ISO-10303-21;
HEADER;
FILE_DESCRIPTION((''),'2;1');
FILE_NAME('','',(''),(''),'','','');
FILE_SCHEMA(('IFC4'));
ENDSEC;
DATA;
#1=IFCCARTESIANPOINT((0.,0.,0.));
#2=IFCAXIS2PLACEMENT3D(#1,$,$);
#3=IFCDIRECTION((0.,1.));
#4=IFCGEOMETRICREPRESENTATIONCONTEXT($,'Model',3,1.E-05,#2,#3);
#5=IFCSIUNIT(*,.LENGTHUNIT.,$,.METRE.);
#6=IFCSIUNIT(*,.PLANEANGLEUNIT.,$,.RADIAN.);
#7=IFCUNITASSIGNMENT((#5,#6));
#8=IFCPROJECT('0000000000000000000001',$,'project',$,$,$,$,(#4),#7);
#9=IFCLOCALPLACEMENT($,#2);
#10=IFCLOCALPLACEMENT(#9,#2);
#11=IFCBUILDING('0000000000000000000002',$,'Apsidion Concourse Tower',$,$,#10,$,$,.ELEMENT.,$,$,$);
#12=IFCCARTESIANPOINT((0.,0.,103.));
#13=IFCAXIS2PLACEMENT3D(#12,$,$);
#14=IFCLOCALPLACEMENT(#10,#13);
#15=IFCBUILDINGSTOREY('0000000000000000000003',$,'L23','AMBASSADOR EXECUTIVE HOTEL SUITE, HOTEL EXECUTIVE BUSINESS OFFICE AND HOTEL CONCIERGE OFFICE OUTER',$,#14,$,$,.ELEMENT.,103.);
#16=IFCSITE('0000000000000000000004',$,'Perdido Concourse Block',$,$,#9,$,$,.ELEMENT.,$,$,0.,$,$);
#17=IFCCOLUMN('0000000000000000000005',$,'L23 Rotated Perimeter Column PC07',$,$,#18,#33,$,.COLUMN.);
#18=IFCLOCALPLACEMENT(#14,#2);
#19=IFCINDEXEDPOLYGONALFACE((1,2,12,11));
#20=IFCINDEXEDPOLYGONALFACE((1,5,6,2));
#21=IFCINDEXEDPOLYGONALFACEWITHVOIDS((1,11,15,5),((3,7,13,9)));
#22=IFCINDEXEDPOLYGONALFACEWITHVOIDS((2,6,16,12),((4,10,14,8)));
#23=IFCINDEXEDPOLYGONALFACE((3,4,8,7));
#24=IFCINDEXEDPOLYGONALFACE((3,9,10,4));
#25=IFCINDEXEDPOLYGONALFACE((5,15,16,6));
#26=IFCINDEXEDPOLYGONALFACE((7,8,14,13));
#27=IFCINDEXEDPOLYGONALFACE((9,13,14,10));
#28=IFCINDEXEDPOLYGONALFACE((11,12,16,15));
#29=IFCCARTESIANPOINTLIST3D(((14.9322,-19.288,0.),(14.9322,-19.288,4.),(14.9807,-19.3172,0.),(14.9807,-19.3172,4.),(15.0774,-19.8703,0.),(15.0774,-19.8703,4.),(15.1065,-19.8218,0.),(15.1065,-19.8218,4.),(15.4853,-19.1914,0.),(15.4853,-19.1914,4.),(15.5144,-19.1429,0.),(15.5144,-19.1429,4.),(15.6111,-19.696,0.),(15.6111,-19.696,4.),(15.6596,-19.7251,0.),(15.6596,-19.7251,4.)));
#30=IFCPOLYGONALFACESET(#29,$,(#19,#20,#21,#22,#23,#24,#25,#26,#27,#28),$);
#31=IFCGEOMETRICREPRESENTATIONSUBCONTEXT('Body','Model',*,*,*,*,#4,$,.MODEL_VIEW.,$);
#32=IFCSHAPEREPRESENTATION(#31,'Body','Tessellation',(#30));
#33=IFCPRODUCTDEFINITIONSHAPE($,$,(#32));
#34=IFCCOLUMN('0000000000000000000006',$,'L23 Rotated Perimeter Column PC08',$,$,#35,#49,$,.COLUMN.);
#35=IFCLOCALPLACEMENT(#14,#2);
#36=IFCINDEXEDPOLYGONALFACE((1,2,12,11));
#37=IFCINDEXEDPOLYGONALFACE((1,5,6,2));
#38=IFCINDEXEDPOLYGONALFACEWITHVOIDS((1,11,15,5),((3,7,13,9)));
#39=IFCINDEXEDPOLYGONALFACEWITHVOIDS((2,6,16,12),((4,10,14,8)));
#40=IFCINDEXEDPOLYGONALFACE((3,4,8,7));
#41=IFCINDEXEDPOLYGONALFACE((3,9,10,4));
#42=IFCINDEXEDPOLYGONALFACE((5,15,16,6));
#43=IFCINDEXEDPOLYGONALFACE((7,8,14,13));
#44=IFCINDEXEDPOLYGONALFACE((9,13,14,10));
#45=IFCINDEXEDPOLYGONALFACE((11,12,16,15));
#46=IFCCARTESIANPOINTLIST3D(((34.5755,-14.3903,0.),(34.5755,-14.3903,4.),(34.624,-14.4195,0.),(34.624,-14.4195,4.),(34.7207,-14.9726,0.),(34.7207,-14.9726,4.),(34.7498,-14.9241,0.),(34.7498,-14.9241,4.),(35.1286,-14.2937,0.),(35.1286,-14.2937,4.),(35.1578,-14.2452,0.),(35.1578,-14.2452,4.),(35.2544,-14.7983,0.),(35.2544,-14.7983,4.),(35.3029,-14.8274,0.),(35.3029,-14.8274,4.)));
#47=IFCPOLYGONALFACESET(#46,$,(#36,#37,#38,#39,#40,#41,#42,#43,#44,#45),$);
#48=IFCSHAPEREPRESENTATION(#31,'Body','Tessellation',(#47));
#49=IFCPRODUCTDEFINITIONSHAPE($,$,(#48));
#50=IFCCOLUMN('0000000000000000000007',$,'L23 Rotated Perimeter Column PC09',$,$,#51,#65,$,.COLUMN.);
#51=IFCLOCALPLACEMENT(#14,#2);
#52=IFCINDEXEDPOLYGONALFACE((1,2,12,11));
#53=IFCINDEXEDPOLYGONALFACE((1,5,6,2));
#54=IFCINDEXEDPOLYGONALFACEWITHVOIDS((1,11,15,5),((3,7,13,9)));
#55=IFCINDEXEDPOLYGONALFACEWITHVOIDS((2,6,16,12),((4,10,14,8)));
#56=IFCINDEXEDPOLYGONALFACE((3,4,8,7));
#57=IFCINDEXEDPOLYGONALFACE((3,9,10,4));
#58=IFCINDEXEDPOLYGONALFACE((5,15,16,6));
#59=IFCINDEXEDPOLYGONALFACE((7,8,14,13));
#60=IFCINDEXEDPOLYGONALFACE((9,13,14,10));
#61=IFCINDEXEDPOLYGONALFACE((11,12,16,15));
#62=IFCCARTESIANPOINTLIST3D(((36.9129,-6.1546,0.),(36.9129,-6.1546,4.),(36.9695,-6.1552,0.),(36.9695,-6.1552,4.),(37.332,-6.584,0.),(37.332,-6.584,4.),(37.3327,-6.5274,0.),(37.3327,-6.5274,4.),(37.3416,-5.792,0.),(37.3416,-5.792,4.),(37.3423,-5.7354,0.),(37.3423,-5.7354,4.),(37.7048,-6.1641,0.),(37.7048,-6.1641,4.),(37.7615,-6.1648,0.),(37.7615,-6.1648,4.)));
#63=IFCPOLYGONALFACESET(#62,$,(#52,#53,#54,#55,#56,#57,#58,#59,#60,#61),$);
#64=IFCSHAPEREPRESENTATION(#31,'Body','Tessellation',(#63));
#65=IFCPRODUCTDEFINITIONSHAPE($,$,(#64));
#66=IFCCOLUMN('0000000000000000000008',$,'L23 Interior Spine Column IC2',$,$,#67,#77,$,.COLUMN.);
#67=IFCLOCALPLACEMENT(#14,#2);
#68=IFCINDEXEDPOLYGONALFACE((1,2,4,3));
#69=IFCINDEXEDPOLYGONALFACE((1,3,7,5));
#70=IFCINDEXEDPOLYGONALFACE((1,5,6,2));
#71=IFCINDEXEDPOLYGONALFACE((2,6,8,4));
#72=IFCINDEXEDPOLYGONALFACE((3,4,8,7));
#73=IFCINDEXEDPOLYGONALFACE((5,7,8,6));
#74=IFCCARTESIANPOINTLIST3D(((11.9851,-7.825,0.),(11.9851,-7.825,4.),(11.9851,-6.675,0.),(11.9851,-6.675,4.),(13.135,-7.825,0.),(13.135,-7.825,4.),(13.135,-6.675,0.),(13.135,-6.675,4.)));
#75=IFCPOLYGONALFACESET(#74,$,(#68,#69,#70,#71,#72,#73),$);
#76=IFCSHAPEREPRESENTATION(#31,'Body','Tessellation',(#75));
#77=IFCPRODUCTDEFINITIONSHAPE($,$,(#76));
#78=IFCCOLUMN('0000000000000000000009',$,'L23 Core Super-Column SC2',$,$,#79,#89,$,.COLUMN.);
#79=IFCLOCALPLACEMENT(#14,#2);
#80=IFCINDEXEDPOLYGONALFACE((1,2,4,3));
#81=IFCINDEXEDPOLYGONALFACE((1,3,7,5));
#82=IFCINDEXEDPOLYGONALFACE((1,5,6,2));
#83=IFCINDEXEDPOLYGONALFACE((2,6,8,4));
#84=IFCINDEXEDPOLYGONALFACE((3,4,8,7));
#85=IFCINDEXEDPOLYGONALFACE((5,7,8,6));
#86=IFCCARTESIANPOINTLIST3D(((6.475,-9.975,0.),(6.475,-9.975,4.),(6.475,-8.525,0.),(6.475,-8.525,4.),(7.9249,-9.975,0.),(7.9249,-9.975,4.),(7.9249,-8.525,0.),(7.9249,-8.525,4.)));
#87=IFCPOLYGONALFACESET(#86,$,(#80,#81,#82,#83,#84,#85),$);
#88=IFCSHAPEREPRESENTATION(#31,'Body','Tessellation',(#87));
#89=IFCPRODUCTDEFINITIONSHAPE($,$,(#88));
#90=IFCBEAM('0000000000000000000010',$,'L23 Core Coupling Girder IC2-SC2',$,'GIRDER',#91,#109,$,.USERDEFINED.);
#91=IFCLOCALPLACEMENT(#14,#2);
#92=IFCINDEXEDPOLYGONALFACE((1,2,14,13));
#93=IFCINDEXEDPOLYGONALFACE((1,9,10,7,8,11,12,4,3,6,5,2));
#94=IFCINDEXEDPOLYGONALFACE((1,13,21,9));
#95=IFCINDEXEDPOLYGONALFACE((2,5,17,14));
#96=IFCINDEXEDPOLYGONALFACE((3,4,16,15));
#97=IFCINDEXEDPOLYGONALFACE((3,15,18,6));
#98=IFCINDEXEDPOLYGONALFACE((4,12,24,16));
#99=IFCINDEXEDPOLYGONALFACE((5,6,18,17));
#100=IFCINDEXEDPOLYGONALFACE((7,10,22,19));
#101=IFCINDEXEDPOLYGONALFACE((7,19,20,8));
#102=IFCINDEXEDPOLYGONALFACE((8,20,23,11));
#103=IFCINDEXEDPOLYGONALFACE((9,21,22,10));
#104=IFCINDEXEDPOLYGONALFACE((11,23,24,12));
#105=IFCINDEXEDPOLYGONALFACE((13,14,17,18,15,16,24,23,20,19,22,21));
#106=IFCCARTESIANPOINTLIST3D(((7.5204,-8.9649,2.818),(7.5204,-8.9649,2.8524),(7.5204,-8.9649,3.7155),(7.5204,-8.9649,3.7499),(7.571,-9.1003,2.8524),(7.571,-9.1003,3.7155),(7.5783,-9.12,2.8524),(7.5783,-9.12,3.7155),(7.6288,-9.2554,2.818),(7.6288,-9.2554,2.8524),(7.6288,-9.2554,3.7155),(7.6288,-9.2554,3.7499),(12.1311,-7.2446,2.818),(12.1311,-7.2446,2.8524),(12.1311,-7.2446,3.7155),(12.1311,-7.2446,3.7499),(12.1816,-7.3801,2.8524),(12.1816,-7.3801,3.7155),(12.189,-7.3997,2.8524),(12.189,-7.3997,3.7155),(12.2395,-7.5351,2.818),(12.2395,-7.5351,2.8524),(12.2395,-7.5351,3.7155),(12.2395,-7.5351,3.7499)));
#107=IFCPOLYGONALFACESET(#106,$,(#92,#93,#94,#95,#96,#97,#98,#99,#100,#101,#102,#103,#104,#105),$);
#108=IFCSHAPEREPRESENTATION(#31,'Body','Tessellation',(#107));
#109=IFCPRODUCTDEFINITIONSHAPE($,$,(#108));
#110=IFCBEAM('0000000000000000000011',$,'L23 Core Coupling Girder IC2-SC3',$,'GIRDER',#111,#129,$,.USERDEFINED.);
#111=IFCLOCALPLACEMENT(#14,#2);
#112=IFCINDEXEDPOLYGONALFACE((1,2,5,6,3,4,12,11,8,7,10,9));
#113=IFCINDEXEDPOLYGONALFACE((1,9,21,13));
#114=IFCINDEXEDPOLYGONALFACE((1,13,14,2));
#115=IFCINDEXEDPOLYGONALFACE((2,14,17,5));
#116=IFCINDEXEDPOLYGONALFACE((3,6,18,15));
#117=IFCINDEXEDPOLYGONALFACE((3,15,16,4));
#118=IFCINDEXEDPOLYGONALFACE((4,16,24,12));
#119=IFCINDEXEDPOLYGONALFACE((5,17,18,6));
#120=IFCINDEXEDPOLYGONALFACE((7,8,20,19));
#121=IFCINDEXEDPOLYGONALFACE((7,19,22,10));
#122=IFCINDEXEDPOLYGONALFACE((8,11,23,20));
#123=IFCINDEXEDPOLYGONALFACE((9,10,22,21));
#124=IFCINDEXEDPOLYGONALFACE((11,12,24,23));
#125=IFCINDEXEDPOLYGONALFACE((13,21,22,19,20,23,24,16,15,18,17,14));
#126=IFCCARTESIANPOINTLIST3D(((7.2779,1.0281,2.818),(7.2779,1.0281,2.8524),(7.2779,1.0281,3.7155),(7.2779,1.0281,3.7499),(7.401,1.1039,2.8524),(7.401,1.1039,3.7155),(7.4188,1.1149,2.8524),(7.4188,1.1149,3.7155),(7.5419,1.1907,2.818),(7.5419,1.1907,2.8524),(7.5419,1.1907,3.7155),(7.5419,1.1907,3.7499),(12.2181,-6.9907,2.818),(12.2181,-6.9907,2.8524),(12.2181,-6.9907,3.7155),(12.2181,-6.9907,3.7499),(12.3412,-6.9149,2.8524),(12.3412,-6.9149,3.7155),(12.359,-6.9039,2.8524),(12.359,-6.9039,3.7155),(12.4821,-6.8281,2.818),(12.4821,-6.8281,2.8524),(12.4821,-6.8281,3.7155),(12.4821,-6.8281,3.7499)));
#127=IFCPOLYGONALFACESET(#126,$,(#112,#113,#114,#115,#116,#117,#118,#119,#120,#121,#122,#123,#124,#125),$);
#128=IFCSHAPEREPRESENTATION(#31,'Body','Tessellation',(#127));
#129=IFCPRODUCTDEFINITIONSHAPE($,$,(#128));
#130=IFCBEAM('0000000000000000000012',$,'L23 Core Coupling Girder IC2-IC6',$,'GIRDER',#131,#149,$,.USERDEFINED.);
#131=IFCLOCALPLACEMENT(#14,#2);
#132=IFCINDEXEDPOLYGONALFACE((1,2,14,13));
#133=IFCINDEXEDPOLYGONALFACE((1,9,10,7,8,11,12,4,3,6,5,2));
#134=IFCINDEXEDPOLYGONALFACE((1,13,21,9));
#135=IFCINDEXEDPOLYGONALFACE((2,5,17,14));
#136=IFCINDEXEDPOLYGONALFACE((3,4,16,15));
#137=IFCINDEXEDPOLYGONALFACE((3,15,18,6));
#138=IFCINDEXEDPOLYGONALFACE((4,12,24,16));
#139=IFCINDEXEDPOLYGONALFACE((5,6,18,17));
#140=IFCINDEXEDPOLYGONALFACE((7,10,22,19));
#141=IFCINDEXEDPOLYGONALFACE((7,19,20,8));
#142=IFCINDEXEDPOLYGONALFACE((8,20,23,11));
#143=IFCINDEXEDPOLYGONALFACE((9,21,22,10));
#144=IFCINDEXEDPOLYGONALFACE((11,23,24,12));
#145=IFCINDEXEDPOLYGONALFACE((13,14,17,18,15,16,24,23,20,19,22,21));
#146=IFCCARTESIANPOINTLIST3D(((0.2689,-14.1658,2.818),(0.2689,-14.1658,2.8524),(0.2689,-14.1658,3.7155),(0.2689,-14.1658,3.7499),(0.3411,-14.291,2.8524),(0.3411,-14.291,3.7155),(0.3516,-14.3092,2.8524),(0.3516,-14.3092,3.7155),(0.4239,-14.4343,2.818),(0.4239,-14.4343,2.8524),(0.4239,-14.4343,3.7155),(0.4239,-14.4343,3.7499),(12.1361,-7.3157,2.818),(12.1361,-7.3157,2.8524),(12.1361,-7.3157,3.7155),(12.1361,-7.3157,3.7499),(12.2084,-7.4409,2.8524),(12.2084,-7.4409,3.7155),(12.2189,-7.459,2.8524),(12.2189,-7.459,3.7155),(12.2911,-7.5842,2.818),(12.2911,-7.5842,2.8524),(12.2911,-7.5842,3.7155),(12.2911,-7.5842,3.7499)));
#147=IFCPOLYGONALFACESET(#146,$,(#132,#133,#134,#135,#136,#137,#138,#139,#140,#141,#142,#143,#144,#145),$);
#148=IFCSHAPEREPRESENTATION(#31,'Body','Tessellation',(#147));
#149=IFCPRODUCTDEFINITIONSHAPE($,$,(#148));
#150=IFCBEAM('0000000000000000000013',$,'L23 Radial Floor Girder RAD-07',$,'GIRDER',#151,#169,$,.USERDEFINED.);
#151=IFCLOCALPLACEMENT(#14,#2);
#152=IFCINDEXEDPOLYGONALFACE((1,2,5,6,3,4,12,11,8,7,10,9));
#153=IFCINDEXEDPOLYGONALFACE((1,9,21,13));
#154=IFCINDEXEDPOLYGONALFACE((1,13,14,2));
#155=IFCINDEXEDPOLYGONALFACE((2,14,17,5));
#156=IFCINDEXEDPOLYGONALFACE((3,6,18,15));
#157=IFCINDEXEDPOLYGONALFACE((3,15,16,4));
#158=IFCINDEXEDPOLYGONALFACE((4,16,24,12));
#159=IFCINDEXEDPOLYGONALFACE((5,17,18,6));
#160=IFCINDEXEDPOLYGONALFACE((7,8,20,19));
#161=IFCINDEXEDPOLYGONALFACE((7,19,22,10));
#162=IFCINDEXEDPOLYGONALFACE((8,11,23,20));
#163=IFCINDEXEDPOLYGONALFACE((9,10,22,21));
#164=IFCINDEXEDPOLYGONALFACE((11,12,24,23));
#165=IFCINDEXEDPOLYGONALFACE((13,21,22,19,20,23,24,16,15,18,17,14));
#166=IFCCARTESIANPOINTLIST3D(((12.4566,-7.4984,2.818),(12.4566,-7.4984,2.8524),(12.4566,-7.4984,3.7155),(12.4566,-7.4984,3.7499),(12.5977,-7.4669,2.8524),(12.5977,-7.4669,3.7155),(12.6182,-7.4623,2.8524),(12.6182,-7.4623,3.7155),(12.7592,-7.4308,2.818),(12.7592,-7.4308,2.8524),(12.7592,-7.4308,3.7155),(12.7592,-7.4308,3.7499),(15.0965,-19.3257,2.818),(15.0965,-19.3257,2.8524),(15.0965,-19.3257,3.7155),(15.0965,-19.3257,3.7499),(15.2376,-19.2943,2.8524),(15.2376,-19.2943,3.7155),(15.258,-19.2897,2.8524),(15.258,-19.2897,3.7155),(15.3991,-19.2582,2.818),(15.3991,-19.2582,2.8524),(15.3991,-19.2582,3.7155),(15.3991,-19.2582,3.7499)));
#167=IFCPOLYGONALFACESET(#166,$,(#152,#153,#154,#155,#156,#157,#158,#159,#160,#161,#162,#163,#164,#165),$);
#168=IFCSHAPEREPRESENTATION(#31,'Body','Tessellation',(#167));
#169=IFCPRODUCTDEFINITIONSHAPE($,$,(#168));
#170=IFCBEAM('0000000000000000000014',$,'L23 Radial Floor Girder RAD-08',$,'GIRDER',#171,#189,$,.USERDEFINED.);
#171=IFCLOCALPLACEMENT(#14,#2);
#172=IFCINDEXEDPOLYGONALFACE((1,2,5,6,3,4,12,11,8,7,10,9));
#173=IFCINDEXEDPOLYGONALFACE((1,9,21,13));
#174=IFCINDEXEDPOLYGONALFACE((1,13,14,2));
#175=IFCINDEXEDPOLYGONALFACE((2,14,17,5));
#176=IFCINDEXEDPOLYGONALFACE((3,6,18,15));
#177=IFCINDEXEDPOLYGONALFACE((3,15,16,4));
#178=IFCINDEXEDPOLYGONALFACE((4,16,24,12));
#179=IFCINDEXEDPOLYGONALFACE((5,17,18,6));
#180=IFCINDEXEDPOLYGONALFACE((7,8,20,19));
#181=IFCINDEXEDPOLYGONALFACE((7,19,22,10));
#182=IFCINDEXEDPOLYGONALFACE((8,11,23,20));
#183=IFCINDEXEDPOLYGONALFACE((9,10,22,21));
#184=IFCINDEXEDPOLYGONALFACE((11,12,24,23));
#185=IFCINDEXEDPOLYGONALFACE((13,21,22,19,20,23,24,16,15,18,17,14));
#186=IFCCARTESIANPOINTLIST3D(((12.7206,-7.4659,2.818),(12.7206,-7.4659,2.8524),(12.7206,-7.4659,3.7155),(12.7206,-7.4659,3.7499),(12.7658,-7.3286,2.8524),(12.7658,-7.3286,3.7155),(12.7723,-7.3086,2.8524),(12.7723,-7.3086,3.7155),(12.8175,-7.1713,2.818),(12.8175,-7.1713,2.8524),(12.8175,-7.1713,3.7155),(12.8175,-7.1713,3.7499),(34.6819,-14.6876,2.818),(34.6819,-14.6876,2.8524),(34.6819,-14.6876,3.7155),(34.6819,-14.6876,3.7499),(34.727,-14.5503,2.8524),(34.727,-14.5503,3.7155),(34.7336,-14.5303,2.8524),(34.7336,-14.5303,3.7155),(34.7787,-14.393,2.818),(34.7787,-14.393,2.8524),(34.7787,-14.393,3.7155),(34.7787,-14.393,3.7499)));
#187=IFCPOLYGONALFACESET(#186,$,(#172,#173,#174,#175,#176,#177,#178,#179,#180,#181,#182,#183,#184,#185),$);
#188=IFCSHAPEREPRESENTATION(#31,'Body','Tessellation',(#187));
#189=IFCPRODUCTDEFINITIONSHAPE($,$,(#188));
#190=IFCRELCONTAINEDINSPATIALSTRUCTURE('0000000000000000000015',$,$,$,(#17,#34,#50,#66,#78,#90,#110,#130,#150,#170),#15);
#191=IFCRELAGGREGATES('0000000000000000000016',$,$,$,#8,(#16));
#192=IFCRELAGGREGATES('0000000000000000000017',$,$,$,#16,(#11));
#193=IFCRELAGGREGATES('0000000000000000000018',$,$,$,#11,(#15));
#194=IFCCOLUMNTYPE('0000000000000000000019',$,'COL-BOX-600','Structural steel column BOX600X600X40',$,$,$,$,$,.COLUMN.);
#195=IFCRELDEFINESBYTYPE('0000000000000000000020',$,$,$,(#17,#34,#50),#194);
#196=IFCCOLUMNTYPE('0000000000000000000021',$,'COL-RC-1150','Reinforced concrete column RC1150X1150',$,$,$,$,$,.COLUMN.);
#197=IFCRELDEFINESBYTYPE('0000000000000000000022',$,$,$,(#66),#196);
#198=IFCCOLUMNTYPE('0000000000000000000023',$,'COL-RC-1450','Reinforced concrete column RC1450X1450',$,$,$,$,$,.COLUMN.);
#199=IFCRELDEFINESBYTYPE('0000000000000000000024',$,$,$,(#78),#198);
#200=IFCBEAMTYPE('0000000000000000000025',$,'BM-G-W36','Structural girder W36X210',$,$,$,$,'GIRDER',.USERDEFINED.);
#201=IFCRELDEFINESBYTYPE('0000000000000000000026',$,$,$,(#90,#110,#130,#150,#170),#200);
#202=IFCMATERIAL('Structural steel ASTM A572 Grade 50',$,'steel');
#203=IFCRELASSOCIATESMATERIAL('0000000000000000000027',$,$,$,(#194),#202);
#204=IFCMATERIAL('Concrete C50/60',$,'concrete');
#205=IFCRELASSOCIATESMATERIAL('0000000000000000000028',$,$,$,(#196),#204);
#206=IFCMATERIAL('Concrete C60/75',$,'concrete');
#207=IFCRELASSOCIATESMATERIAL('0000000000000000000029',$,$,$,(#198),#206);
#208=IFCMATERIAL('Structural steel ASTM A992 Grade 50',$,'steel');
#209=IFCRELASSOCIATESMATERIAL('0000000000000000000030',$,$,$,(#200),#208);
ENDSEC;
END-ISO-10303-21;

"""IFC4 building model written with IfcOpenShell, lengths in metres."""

from ifc_helpers import new_model, si_unit, direction, frame, origin, origin_2d, place, context, subcontext, project, spatial, rectangle, hollow_rectangle, i_section, extrude, material, material_profile, profile_set, type_object, element, save


model = new_model("IFC4")

# Units and contexts
model_context = context("Model", 3, precision=1e-05, world=origin(), true_north=direction((0.0, 1.0)))
body_context = subcontext(model_context, "Body", "Model", "MODEL_VIEW")
ifc_project = project(units=[si_unit("LENGTHUNIT", "METRE"), si_unit("PLANEANGLEUNIT", "RADIAN")], contexts=[model_context])

# Site, building, storey
site_placement = place(None, origin())
site = spatial("IfcSite", under=ifc_project, at=site_placement, Name="Perdido Concourse Block", CompositionType="ELEMENT", RefElevation=0.0)
building_placement = place(site_placement, origin())
building = spatial("IfcBuilding", under=site, at=building_placement, Name="Apsidion Concourse Tower", CompositionType="ELEMENT")
storey_placement = place(building_placement, frame((0.0, 0.0, 103.0)))
storey = spatial("IfcBuildingStorey", under=building, at=storey_placement, Name="L23", Description="AMBASSADOR EXECUTIVE HOTEL SUITE, HOTEL EXECUTIVE BUSINESS OFFICE AND HOTEL CONCIERGE OFFICE OUTER", CompositionType="ELEMENT", Elevation=103.0)

# Columns
ifc_material_1 = material(Name="Structural steel ASTM A572 Grade 50", Category="steel")
ifc_material_profile_1 = material_profile(ifc_material_1, hollow_rectangle(XDim=0.6001, YDim=0.6001, WallThickness=0.04, at=origin_2d()), Name="BOX600X600X40")
ifc_profile_set_1 = profile_set([ifc_material_profile_1], Name="Structural steel ASTM A572 Grade 50")
column_type_1 = type_object("IfcColumnType", Name="COL-BOX-600", Description="Structural steel column BOX600X600X40", PredefinedType="COLUMN", material=ifc_profile_set_1)
for number, where, z_axis, x_axis, name in (
    (1, (15.2959, -19.5066, 0.0), (0.0, 0.0, 1.0), (0.970296, 0.241922, 0.0), "L23 Rotated Perimeter Column PC07"),
    (2, (34.9392, -14.6089, 0.0), (0.0, 0.0, 1.0), (0.970296, 0.241922, 0.0), "L23 Rotated Perimeter Column PC08"),
    (3, (37.3372, -6.1597, 0.0), (0.0, 0.0, 1.0), (-0.69854, 0.715571, 0.0), "L23 Rotated Perimeter Column PC09"),
):
    element("IfcColumn", number, at=place(storey_placement, frame(where, z_axis=z_axis, x_axis=x_axis)), inside=storey, type_object=column_type_1, Name=name, PredefinedType="COLUMN", context=body_context, shape_type="SweptSolid", body=[
        extrude(hollow_rectangle(XDim=0.6001, YDim=0.6001, WallThickness=0.04, at=origin_2d()), origin(), (0.0, 0.0, 1.0), 4.0),
    ])
ifc_material_2 = material(Name="Concrete C50/60", Category="concrete")
ifc_material_profile_2 = material_profile(ifc_material_2, rectangle(XDim=1.1499, YDim=1.1499, at=origin_2d()), Name="RC 1150x1150")
ifc_profile_set_2 = profile_set([ifc_material_profile_2], Name="Concrete C50/60")
column_type_2 = type_object("IfcColumnType", Name="COL-RC-1150", Description="Reinforced concrete column RC1150X1150", PredefinedType="COLUMN", material=ifc_profile_set_2)
column_1_placement = place(storey_placement, frame((12.5601, -7.25, 0.0), z_axis=(0.0, 0.0, 1.0), x_axis=(1.0, 0.0, 0.0)))
element("IfcColumn", 4, at=column_1_placement, inside=storey, type_object=column_type_2, Name="L23 Interior Spine Column IC2", PredefinedType="COLUMN", context=body_context, shape_type="SweptSolid", body=[
    extrude(rectangle(XDim=1.1499, YDim=1.1499, at=origin_2d()), origin(), (0.0, 0.0, 1.0), 4.0),
])
ifc_material_3 = material(Name="Concrete C60/75", Category="concrete")
ifc_material_profile_3 = material_profile(ifc_material_3, rectangle(XDim=1.45, YDim=1.45, at=origin_2d()), Name="RC 1450x1450")
ifc_profile_set_3 = profile_set([ifc_material_profile_3], Name="Concrete C60/75")
column_type_3 = type_object("IfcColumnType", Name="COL-RC-1450", Description="Reinforced concrete column RC1450X1450", PredefinedType="COLUMN", material=ifc_profile_set_3)
column_2_placement = place(storey_placement, frame((7.2, -9.25, 0.0), z_axis=(0.0, 0.0, 1.0), x_axis=(1.0, 0.0, 0.0)))
element("IfcColumn", 5, at=column_2_placement, inside=storey, type_object=column_type_3, Name="L23 Core Super-Column SC2", PredefinedType="COLUMN", context=body_context, shape_type="SweptSolid", body=[
    extrude(rectangle(XDim=1.45, YDim=1.45, at=origin_2d()), origin(), (0.0, 0.0, 1.0), 4.0),
])

# Beams
ifc_material_4 = material(Name="Structural steel ASTM A992 Grade 50", Category="steel")
ifc_material_profile_4 = material_profile(ifc_material_4, i_section(OverallWidth=0.3101, OverallDepth=0.9319, WebThickness=0.021, FlangeThickness=0.0344, at=origin_2d()), Name="W36X210")
ifc_profile_set_4 = profile_set([ifc_material_profile_4], Name="Structural steel ASTM A992 Grade 50")
beam_type_1 = type_object("IfcBeamType", Name="BM-G-W36", Description="Structural girder W36X210", ElementType="GIRDER", PredefinedType="USERDEFINED", material=ifc_profile_set_4)
beam_1_placement = place(storey_placement, frame((12.1853, -7.3899, 3.2839), z_axis=(-0.936913, -0.349563, 0.0), x_axis=(0.349563, -0.936913, 0.0)))
element("IfcBeam", 6, at=beam_1_placement, inside=storey, type_object=beam_type_1, Name="L23 Core Coupling Girder IC2-SC2", ObjectType="GIRDER", PredefinedType="USERDEFINED", context=body_context, shape_type="SweptSolid", body=[
    extrude(i_section(OverallWidth=0.3101, OverallDepth=0.9319, WebThickness=0.021, FlangeThickness=0.0344, at=origin_2d()), origin(), (0.0, 0.0, 1.0), 4.9211),
])
beam_2_placement = place(storey_placement, frame((12.3501, -6.9094, 3.2839), z_axis=(-0.524524, 0.851396, 0.0), x_axis=(-0.851396, -0.524524, 0.0)))
element("IfcBeam", 7, at=beam_2_placement, inside=storey, type_object=beam_type_1, Name="L23 Core Coupling Girder IC2-SC3", ObjectType="GIRDER", PredefinedType="USERDEFINED", context=body_context, shape_type="SweptSolid", body=[
    extrude(i_section(OverallWidth=0.3101, OverallDepth=0.9319, WebThickness=0.021, FlangeThickness=0.0344, at=origin_2d()), origin(), (0.0, 0.0, 1.0), 9.4185),
])
beam_3_placement = place(storey_placement, frame((12.2136, -7.45, 3.2839), z_axis=(-0.86607, -0.499922, 0.0), x_axis=(0.499922, -0.86607, 0.0)))
element("IfcBeam", 8, at=beam_3_placement, inside=storey, type_object=beam_type_1, Name="L23 Core Coupling Girder IC2-IC6", ObjectType="GIRDER", PredefinedType="USERDEFINED", context=body_context, shape_type="SweptSolid", body=[
    extrude(i_section(OverallWidth=0.3101, OverallDepth=0.9319, WebThickness=0.021, FlangeThickness=0.0344, at=origin_2d()), origin(), (0.0, 0.0, 1.0), 13.7024),
])
beam_4_placement = place(storey_placement, frame((12.6079, -7.4646, 3.2839), z_axis=(0.217841, -0.975984, 0.0), x_axis=(0.975984, 0.217841, 0.0)))
element("IfcBeam", 9, at=beam_4_placement, inside=storey, type_object=beam_type_1, Name="L23 Radial Floor Girder RAD-07", ObjectType="GIRDER", PredefinedType="USERDEFINED", context=body_context, shape_type="SweptSolid", body=[
    extrude(i_section(OverallWidth=0.3101, OverallDepth=0.9319, WebThickness=0.021, FlangeThickness=0.0344, at=origin_2d()), origin(), (0.0, 0.0, 1.0), 12.1184),
])
beam_5_placement = place(storey_placement, frame((12.769, -7.3186, 3.2839), z_axis=(0.949957, -0.312382, 0.0), x_axis=(0.312382, 0.949957, 0.0)))
element("IfcBeam", 10, at=beam_5_placement, inside=storey, type_object=beam_type_1, Name="L23 Radial Floor Girder RAD-08", ObjectType="GIRDER", PredefinedType="USERDEFINED", context=body_context, shape_type="SweptSolid", body=[
    extrude(i_section(OverallWidth=0.3101, OverallDepth=0.9319, WebThickness=0.021, FlangeThickness=0.0344, at=origin_2d()), origin(), (0.0, 0.0, 1.0), 23.1182),
])

save(model, "model.ifc")
